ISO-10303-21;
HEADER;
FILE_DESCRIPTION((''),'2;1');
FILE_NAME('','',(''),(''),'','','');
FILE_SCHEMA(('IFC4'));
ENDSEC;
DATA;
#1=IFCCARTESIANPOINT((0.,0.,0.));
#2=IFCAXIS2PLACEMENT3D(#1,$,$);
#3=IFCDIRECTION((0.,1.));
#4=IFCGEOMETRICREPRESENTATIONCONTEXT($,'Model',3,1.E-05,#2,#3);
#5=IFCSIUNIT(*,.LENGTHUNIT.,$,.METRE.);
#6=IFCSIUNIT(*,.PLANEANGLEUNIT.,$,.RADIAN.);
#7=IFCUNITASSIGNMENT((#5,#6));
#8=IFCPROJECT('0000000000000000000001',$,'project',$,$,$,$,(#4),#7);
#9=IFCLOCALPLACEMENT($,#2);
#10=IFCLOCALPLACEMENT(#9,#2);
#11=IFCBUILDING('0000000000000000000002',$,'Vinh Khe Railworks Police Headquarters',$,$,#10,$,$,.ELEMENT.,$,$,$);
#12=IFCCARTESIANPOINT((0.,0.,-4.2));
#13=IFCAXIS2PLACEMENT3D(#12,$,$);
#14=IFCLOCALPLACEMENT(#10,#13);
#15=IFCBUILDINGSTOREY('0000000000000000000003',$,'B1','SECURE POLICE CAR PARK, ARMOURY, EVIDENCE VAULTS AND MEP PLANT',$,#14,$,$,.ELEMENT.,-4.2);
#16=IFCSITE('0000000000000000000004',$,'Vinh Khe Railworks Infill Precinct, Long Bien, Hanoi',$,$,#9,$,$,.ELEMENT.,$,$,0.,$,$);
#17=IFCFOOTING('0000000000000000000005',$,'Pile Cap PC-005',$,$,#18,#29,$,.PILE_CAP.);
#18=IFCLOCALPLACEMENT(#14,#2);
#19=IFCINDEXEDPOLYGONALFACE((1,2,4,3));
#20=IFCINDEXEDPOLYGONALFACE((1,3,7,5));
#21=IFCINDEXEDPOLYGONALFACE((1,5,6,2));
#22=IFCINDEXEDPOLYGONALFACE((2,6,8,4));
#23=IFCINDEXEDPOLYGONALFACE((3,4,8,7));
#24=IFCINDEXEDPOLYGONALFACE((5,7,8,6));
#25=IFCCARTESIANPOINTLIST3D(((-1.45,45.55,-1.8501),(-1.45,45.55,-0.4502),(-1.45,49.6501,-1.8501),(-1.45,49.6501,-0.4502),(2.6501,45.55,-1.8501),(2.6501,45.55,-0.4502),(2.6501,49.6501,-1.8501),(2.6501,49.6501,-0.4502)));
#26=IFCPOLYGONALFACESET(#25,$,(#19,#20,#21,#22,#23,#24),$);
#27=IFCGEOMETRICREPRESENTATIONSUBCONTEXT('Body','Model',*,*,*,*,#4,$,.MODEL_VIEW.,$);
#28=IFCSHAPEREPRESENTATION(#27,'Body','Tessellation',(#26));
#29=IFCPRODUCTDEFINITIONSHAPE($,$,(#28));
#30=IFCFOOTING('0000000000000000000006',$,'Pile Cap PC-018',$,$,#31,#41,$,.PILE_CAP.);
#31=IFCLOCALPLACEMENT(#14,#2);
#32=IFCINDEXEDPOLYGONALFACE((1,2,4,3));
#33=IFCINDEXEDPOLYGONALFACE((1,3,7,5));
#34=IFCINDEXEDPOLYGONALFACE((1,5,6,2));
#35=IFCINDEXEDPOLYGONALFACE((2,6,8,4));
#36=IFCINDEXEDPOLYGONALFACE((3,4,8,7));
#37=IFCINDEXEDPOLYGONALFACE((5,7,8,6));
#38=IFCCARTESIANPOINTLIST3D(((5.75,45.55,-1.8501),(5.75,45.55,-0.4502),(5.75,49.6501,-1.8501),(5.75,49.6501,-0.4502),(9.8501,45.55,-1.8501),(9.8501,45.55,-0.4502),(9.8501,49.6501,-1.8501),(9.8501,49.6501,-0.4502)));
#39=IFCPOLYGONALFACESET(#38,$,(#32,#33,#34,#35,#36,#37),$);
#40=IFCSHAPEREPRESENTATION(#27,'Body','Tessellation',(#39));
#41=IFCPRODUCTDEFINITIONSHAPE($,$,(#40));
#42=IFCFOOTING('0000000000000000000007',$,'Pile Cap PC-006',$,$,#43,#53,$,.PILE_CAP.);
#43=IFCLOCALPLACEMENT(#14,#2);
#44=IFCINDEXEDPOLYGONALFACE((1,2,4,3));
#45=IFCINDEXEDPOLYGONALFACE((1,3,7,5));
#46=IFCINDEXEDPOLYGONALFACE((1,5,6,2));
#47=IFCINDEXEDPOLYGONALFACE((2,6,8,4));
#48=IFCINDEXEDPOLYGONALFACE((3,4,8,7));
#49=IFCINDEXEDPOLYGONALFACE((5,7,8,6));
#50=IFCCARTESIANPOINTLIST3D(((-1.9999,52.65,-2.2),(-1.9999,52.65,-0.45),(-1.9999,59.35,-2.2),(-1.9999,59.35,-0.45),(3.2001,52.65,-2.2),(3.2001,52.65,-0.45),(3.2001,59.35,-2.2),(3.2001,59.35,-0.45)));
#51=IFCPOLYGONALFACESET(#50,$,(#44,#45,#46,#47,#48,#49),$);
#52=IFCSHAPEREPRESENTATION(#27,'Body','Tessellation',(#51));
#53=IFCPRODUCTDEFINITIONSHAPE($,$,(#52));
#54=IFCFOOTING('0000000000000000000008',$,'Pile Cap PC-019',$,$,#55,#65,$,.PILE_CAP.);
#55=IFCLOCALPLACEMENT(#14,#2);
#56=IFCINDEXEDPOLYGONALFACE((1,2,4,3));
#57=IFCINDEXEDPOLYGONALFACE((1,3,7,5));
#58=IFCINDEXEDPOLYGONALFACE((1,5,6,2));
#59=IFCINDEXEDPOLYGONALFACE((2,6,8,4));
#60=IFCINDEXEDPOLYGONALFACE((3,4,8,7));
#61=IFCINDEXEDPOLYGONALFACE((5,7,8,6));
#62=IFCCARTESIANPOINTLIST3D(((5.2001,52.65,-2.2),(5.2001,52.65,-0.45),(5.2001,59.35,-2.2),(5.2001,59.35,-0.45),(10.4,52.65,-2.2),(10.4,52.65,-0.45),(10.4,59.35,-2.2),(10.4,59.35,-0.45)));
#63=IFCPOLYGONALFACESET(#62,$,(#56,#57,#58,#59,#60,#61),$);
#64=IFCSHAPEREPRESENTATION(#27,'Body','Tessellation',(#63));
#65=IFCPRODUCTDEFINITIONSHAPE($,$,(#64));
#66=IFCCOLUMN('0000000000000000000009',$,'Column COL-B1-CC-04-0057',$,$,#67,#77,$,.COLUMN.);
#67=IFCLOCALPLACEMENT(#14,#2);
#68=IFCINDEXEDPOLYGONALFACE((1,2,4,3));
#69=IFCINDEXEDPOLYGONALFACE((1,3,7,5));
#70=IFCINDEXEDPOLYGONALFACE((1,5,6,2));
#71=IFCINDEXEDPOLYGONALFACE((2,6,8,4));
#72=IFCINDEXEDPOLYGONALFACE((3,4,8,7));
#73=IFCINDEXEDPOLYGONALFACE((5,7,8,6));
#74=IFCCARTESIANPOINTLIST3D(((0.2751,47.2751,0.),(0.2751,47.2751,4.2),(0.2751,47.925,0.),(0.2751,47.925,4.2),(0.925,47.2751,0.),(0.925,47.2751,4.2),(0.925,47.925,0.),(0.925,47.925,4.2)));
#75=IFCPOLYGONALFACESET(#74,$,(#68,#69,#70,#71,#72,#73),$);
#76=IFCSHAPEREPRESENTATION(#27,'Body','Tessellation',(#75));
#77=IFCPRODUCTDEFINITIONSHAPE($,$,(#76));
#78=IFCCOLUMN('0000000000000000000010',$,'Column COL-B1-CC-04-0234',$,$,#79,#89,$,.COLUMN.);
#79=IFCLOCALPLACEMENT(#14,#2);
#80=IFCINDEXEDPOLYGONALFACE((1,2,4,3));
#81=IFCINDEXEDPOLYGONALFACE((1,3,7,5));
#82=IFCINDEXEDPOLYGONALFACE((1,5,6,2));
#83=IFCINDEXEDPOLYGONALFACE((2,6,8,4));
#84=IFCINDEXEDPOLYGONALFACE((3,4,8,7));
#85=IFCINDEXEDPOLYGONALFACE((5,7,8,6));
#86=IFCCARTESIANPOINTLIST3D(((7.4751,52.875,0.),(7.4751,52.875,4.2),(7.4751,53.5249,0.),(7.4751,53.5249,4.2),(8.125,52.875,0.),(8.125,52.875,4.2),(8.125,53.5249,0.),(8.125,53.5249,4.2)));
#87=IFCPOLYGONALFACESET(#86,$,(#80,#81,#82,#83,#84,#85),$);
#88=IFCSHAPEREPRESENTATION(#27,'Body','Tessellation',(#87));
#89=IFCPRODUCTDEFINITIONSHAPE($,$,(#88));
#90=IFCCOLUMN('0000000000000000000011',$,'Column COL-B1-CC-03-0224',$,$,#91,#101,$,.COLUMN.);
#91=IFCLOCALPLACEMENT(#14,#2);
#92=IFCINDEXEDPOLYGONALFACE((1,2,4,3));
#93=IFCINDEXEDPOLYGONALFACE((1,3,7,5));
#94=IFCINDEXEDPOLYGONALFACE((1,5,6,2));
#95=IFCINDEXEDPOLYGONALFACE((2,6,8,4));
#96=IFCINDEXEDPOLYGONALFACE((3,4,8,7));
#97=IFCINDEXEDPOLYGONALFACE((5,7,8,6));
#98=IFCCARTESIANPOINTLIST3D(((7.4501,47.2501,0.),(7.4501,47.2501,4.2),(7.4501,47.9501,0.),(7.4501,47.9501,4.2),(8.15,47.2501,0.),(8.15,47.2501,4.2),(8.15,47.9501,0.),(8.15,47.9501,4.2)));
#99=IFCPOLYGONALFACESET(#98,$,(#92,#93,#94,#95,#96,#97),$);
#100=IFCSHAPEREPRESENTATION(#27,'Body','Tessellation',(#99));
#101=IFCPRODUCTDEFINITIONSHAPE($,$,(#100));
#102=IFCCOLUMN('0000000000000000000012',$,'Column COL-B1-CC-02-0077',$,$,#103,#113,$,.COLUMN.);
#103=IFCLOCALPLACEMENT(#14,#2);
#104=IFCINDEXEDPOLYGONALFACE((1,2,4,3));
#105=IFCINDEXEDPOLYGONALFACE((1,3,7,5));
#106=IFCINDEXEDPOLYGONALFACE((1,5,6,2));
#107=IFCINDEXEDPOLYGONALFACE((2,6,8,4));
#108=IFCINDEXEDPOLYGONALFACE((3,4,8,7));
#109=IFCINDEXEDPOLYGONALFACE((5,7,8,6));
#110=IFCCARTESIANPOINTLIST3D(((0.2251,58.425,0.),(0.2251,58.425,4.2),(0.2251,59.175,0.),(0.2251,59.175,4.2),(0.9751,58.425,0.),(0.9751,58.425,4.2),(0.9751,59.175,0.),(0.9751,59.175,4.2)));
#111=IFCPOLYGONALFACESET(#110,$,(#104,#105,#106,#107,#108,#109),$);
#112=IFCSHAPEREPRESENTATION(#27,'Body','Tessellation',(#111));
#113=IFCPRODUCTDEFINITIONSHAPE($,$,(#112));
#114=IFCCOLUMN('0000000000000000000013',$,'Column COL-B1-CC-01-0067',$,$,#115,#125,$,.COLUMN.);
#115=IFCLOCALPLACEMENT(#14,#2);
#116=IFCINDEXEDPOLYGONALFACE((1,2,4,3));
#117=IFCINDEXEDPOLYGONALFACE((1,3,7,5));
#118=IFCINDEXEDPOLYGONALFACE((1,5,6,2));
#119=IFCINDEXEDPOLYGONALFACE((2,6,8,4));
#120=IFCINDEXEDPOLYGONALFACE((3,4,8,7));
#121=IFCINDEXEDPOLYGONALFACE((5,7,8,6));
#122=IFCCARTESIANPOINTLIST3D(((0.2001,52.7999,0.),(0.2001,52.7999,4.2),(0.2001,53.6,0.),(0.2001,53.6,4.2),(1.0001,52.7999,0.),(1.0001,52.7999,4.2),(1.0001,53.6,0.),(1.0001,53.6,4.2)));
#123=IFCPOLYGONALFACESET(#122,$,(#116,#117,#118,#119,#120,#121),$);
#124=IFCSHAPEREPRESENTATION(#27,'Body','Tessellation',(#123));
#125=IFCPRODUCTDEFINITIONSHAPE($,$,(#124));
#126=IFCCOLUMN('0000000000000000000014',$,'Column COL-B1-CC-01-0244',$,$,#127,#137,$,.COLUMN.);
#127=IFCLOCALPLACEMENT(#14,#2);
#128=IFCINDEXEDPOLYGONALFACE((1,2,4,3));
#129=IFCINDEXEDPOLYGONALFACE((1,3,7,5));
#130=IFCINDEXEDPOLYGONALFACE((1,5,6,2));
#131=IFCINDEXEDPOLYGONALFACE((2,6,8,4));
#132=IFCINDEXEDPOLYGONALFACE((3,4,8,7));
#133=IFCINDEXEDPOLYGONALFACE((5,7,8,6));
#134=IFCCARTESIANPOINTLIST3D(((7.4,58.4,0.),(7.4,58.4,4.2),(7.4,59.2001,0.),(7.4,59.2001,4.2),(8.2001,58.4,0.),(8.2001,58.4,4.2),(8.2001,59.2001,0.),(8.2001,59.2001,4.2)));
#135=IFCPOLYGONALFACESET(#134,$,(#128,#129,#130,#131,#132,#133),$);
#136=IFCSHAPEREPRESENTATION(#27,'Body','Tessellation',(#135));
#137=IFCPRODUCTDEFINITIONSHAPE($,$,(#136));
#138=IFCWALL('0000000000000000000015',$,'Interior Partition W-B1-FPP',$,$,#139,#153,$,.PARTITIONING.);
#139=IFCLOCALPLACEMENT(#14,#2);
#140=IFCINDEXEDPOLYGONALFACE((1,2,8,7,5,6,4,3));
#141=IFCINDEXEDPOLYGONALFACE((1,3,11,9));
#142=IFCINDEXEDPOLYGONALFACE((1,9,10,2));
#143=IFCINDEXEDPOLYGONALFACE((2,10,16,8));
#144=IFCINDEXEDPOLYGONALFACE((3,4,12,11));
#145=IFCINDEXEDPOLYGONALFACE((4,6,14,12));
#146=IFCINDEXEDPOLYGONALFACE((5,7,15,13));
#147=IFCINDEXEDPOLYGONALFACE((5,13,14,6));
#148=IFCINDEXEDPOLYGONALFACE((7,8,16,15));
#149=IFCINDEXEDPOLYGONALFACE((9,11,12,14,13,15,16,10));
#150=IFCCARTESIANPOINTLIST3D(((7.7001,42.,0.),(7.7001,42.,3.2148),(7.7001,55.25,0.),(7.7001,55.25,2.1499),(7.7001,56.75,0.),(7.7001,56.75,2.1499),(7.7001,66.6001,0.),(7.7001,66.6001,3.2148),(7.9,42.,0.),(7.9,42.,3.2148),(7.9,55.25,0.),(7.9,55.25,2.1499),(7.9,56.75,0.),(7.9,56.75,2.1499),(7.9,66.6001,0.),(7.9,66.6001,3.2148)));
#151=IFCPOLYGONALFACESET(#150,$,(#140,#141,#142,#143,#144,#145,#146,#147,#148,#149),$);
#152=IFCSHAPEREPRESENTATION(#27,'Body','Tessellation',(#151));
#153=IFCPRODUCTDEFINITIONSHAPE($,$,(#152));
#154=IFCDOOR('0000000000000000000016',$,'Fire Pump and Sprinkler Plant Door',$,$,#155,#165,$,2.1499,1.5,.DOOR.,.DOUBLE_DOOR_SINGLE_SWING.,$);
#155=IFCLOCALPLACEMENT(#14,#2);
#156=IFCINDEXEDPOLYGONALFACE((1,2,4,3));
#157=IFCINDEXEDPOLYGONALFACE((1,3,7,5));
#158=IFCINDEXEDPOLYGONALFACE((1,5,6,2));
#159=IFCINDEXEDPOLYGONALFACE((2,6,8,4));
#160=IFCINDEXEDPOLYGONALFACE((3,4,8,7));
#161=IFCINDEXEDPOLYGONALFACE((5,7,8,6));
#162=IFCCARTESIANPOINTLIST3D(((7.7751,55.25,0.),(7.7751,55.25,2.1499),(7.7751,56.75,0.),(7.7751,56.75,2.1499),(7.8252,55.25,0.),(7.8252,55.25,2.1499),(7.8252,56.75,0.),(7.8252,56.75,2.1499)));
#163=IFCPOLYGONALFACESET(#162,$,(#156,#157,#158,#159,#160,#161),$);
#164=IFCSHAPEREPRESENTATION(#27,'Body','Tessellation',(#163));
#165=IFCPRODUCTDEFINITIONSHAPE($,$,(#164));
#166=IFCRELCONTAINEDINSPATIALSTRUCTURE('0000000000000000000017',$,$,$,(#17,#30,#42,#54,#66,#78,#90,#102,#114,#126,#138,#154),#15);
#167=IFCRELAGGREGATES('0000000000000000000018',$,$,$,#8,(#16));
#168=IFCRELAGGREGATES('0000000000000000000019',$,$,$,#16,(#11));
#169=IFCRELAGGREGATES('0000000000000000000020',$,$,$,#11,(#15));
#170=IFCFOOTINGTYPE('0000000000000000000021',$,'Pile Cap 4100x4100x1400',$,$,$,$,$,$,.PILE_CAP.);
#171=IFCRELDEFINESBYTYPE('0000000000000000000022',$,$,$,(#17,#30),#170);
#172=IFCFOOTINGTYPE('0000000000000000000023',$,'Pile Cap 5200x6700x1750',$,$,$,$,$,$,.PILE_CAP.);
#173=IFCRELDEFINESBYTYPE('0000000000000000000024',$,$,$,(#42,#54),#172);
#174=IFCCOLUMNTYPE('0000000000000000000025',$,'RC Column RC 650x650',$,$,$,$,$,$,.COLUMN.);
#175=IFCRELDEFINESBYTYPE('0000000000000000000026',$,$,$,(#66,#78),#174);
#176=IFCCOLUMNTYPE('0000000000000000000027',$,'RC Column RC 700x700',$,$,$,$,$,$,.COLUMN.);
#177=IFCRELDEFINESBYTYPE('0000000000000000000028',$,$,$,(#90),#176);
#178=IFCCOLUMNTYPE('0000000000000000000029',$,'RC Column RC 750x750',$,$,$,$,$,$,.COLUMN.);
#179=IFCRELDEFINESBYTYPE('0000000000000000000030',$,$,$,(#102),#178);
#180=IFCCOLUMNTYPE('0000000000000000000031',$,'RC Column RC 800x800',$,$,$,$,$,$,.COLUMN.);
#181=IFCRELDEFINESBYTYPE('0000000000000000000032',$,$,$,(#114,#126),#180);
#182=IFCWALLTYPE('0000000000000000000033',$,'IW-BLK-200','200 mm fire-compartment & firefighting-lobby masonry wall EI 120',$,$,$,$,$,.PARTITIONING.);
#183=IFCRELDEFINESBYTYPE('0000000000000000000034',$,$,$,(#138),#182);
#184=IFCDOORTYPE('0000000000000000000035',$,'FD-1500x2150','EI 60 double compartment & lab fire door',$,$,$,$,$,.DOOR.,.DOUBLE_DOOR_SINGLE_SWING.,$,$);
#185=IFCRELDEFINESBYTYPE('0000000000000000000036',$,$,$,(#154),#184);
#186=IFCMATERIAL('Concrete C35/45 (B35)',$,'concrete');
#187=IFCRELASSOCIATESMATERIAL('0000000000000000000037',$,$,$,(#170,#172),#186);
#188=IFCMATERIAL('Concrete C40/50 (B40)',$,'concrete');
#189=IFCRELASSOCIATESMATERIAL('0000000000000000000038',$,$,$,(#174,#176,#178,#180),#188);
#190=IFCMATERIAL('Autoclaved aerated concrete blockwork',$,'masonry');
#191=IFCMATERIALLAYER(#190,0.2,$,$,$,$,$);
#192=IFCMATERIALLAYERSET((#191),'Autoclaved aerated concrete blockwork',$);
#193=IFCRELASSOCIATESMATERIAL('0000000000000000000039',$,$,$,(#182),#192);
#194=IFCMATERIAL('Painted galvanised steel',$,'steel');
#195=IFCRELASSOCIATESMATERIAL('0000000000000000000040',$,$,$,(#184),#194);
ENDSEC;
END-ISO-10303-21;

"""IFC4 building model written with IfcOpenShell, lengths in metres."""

from ifc_helpers import new_model, si_unit, direction, frame, frame_2d, origin, origin_2d, place, context, subcontext, project, spatial, rectangle, extrude, material, layer, layer_set, material_profile, profile_set, type_object, element, fill, save


model = new_model("IFC4")

# Units and contexts
model_context = context("Model", 3, precision=1e-05, world=origin(), true_north=direction((0.0, 1.0)))
body_context = subcontext(model_context, "Body", "Model", "MODEL_VIEW")
ifc_project = project(units=[si_unit("LENGTHUNIT", "METRE"), si_unit("PLANEANGLEUNIT", "RADIAN")], contexts=[model_context])

# Site, building, storey
site_placement = place(None, origin())
site = spatial("IfcSite", under=ifc_project, at=site_placement, Name="Vinh Khe Railworks Infill Precinct, Long Bien, Hanoi", CompositionType="ELEMENT", RefElevation=0.0)
building_placement = place(site_placement, origin())
building = spatial("IfcBuilding", under=site, at=building_placement, Name="Vinh Khe Railworks Police Headquarters", CompositionType="ELEMENT")
storey_placement = place(building_placement, frame((0.0, 0.0, -4.2)))
storey = spatial("IfcBuildingStorey", under=building, at=storey_placement, Name="B1", Description="SECURE POLICE CAR PARK, ARMOURY, EVIDENCE VAULTS AND MEP PLANT", CompositionType="ELEMENT", Elevation=-4.2)

# Shared definitions
ifc_material_1 = material(Name="Concrete C35/45 (B35)", Category="concrete")

# Footings
footing_type_1 = type_object("IfcFootingType", Name="Pile Cap 4100x4100x1400", PredefinedType="PILE_CAP", material=ifc_material_1)
for number, where, z_axis, x_axis, name in (
    (1, (0.6001, 47.6001, -1.8501), (0.0, 0.0, 1.0), (1.0, 0.0, 0.0), "Pile Cap PC-005"),
    (2, (7.8, 47.6001, -1.8501), (0.0, 0.0, 1.0), (1.0, 0.0, 0.0), "Pile Cap PC-018"),
):
    element("IfcFooting", number, at=place(storey_placement, frame(where, z_axis=z_axis, x_axis=x_axis)), inside=storey, type_object=footing_type_1, Name=name, PredefinedType="PILE_CAP", context=body_context, shape_type="SweptSolid", body=[
        extrude(rectangle(XDim=4.1001, YDim=4.1001, at=origin_2d()), origin(), (0.0, 0.0, 1.0), 1.3999),
    ])
footing_type_2 = type_object("IfcFootingType", Name="Pile Cap 5200x6700x1750", PredefinedType="PILE_CAP", material=ifc_material_1)
for number, where, z_axis, x_axis, name in (
    (3, (0.6001, 56.0, -2.2), (0.0, 0.0, 1.0), (1.0, 0.0, 0.0), "Pile Cap PC-006"),
    (4, (7.8, 56.0, -2.2), (0.0, 0.0, 1.0), (1.0, 0.0, 0.0), "Pile Cap PC-019"),
):
    element("IfcFooting", number, at=place(storey_placement, frame(where, z_axis=z_axis, x_axis=x_axis)), inside=storey, type_object=footing_type_2, Name=name, PredefinedType="PILE_CAP", context=body_context, shape_type="SweptSolid", body=[
        extrude(rectangle(XDim=5.2, YDim=6.7, at=origin_2d()), origin(), (0.0, 0.0, 1.0), 1.75),
    ])

# Columns
ifc_material_2 = material(Name="Concrete C40/50 (B40)", Category="concrete")
ifc_material_profile_1 = material_profile(ifc_material_2, rectangle(XDim=0.6499, YDim=0.6499, at=origin_2d()), Name="RC 650x650")
ifc_profile_set_1 = profile_set([ifc_material_profile_1], Name="Concrete C40/50 (B40)")
column_type_1 = type_object("IfcColumnType", Name="RC Column RC 650x650", PredefinedType="COLUMN", material=ifc_profile_set_1)
for number, where, z_axis, x_axis, name in (
    (5, (0.6001, 47.6001, 0.0), (0.0, 0.0, 1.0), (1.0, 0.0, 0.0), "Column COL-B1-CC-04-0057"),
    (6, (7.8, 53.2, 0.0), (0.0, 0.0, 1.0), (1.0, 0.0, 0.0), "Column COL-B1-CC-04-0234"),
):
    element("IfcColumn", number, at=place(storey_placement, frame(where, z_axis=z_axis, x_axis=x_axis)), inside=storey, type_object=column_type_1, Name=name, PredefinedType="COLUMN", context=body_context, shape_type="SweptSolid", body=[
        extrude(rectangle(XDim=0.6499, YDim=0.6499, at=origin_2d()), origin(), (0.0, 0.0, 1.0), 4.2),
    ])
ifc_material_profile_2 = material_profile(ifc_material_2, rectangle(XDim=0.7, YDim=0.7, at=origin_2d()), Name="RC 700x700")
ifc_profile_set_2 = profile_set([ifc_material_profile_2], Name="Concrete C40/50 (B40)")
column_type_2 = type_object("IfcColumnType", Name="RC Column RC 700x700", PredefinedType="COLUMN", material=ifc_profile_set_2)
column_1_placement = place(storey_placement, frame((7.8, 47.6001, 0.0), z_axis=(0.0, 0.0, 1.0), x_axis=(1.0, 0.0, 0.0)))
element("IfcColumn", 7, at=column_1_placement, inside=storey, type_object=column_type_2, Name="Column COL-B1-CC-03-0224", PredefinedType="COLUMN", context=body_context, shape_type="SweptSolid", body=[
    extrude(rectangle(XDim=0.7, YDim=0.7, at=origin_2d()), origin(), (0.0, 0.0, 1.0), 4.2),
])
ifc_material_profile_3 = material_profile(ifc_material_2, rectangle(XDim=0.75, YDim=0.75, at=origin_2d()), Name="RC 750x750")
ifc_profile_set_3 = profile_set([ifc_material_profile_3], Name="Concrete C40/50 (B40)")
column_type_3 = type_object("IfcColumnType", Name="RC Column RC 750x750", PredefinedType="COLUMN", material=ifc_profile_set_3)
column_2_placement = place(storey_placement, frame((0.6001, 58.8, 0.0), z_axis=(0.0, 0.0, 1.0), x_axis=(1.0, 0.0, 0.0)))
element("IfcColumn", 8, at=column_2_placement, inside=storey, type_object=column_type_3, Name="Column COL-B1-CC-02-0077", PredefinedType="COLUMN", context=body_context, shape_type="SweptSolid", body=[
    extrude(rectangle(XDim=0.75, YDim=0.75, at=origin_2d()), origin(), (0.0, 0.0, 1.0), 4.2),
])
ifc_material_profile_4 = material_profile(ifc_material_2, rectangle(XDim=0.8, YDim=0.8, at=origin_2d()), Name="RC 800x800")
ifc_profile_set_4 = profile_set([ifc_material_profile_4], Name="Concrete C40/50 (B40)")
column_type_4 = type_object("IfcColumnType", Name="RC Column RC 800x800", PredefinedType="COLUMN", material=ifc_profile_set_4)
for number, where, z_axis, x_axis, name in (
    (9, (0.6001, 53.2, 0.0), (0.0, 0.0, 1.0), (1.0, 0.0, 0.0), "Column COL-B1-CC-01-0067"),
    (10, (7.8, 58.8, 0.0), (0.0, 0.0, 1.0), (1.0, 0.0, 0.0), "Column COL-B1-CC-01-0244"),
):
    element("IfcColumn", number, at=place(storey_placement, frame(where, z_axis=z_axis, x_axis=x_axis)), inside=storey, type_object=column_type_4, Name=name, PredefinedType="COLUMN", context=body_context, shape_type="SweptSolid", body=[
        extrude(rectangle(XDim=0.8, YDim=0.8, at=origin_2d()), origin(), (0.0, 0.0, 1.0), 4.2),
    ])

# Wall, opening, door
ifc_material_3 = material(Name="Autoclaved aerated concrete blockwork", Category="masonry")
ifc_layer = layer(ifc_material_3, 0.2)
ifc_layer_set = layer_set([ifc_layer], Name="Autoclaved aerated concrete blockwork")
wall_type = type_object("IfcWallType", Name="IW-BLK-200", Description="200 mm fire-compartment & firefighting-lobby masonry wall EI 120", PredefinedType="PARTITIONING", material=ifc_layer_set)
wall_placement = place(storey_placement, frame((7.8, 42.0, 0.0), z_axis=(0.0, 0.0, 1.0), x_axis=(0.0, 1.0, 0.0)))
wall = element("IfcWall", 11, at=wall_placement, inside=storey, type_object=wall_type, Name="Interior Partition W-B1-FPP", PredefinedType="PARTITIONING", context=body_context, shape_type="SweptSolid", body=[
    extrude(rectangle(XDim=24.6001, YDim=0.2, at=frame_2d((12.3, 0.0))), origin(), (0.0, 0.0, 1.0), 3.2148),
])
opening_placement = place(wall_placement, frame((13.25, 0.0, 0.0)))
opening = element("IfcOpeningElement", 12, at=opening_placement, cuts=wall, PredefinedType="OPENING", context=body_context, shape_type="SweptSolid", body=[
    extrude(rectangle(XDim=1.5, YDim=2.1499, at=frame_2d((0.75, 1.075))), frame((0.0, 0.1147, 0.0), z_axis=(0.0, -1.0, 0.0), x_axis=(1.0, 0.0, 0.0)), (0.0, 0.0, 1.0), 0.2297),
])
ifc_material_4 = material(Name="Painted galvanised steel", Category="steel")
door_type = type_object("IfcDoorType", Name="FD-1500x2150", Description="EI 60 double compartment & lab fire door", OperationType="DOUBLE_DOOR_SINGLE_SWING", PredefinedType="DOOR", material=ifc_material_4)
door_placement = place(opening_placement, origin())
door = element("IfcDoor", 13, at=door_placement, inside=storey, type_object=door_type, Name="Fire Pump and Sprinkler Plant Door", OperationType="DOUBLE_DOOR_SINGLE_SWING", OverallHeight=2.1499, OverallWidth=1.5, PredefinedType="DOOR", context=body_context, shape_type="SweptSolid", body=[
    extrude(rectangle(XDim=1.5, YDim=2.1499, at=frame_2d((0.75, 1.075))), frame((0.0, 0.0249, 0.0), z_axis=(0.0, -1.0, 0.0), x_axis=(1.0, 0.0, 0.0)), (0.0, 0.0, 1.0), 0.05),
])
fill(opening, door)

save(model, "model.ifc")
